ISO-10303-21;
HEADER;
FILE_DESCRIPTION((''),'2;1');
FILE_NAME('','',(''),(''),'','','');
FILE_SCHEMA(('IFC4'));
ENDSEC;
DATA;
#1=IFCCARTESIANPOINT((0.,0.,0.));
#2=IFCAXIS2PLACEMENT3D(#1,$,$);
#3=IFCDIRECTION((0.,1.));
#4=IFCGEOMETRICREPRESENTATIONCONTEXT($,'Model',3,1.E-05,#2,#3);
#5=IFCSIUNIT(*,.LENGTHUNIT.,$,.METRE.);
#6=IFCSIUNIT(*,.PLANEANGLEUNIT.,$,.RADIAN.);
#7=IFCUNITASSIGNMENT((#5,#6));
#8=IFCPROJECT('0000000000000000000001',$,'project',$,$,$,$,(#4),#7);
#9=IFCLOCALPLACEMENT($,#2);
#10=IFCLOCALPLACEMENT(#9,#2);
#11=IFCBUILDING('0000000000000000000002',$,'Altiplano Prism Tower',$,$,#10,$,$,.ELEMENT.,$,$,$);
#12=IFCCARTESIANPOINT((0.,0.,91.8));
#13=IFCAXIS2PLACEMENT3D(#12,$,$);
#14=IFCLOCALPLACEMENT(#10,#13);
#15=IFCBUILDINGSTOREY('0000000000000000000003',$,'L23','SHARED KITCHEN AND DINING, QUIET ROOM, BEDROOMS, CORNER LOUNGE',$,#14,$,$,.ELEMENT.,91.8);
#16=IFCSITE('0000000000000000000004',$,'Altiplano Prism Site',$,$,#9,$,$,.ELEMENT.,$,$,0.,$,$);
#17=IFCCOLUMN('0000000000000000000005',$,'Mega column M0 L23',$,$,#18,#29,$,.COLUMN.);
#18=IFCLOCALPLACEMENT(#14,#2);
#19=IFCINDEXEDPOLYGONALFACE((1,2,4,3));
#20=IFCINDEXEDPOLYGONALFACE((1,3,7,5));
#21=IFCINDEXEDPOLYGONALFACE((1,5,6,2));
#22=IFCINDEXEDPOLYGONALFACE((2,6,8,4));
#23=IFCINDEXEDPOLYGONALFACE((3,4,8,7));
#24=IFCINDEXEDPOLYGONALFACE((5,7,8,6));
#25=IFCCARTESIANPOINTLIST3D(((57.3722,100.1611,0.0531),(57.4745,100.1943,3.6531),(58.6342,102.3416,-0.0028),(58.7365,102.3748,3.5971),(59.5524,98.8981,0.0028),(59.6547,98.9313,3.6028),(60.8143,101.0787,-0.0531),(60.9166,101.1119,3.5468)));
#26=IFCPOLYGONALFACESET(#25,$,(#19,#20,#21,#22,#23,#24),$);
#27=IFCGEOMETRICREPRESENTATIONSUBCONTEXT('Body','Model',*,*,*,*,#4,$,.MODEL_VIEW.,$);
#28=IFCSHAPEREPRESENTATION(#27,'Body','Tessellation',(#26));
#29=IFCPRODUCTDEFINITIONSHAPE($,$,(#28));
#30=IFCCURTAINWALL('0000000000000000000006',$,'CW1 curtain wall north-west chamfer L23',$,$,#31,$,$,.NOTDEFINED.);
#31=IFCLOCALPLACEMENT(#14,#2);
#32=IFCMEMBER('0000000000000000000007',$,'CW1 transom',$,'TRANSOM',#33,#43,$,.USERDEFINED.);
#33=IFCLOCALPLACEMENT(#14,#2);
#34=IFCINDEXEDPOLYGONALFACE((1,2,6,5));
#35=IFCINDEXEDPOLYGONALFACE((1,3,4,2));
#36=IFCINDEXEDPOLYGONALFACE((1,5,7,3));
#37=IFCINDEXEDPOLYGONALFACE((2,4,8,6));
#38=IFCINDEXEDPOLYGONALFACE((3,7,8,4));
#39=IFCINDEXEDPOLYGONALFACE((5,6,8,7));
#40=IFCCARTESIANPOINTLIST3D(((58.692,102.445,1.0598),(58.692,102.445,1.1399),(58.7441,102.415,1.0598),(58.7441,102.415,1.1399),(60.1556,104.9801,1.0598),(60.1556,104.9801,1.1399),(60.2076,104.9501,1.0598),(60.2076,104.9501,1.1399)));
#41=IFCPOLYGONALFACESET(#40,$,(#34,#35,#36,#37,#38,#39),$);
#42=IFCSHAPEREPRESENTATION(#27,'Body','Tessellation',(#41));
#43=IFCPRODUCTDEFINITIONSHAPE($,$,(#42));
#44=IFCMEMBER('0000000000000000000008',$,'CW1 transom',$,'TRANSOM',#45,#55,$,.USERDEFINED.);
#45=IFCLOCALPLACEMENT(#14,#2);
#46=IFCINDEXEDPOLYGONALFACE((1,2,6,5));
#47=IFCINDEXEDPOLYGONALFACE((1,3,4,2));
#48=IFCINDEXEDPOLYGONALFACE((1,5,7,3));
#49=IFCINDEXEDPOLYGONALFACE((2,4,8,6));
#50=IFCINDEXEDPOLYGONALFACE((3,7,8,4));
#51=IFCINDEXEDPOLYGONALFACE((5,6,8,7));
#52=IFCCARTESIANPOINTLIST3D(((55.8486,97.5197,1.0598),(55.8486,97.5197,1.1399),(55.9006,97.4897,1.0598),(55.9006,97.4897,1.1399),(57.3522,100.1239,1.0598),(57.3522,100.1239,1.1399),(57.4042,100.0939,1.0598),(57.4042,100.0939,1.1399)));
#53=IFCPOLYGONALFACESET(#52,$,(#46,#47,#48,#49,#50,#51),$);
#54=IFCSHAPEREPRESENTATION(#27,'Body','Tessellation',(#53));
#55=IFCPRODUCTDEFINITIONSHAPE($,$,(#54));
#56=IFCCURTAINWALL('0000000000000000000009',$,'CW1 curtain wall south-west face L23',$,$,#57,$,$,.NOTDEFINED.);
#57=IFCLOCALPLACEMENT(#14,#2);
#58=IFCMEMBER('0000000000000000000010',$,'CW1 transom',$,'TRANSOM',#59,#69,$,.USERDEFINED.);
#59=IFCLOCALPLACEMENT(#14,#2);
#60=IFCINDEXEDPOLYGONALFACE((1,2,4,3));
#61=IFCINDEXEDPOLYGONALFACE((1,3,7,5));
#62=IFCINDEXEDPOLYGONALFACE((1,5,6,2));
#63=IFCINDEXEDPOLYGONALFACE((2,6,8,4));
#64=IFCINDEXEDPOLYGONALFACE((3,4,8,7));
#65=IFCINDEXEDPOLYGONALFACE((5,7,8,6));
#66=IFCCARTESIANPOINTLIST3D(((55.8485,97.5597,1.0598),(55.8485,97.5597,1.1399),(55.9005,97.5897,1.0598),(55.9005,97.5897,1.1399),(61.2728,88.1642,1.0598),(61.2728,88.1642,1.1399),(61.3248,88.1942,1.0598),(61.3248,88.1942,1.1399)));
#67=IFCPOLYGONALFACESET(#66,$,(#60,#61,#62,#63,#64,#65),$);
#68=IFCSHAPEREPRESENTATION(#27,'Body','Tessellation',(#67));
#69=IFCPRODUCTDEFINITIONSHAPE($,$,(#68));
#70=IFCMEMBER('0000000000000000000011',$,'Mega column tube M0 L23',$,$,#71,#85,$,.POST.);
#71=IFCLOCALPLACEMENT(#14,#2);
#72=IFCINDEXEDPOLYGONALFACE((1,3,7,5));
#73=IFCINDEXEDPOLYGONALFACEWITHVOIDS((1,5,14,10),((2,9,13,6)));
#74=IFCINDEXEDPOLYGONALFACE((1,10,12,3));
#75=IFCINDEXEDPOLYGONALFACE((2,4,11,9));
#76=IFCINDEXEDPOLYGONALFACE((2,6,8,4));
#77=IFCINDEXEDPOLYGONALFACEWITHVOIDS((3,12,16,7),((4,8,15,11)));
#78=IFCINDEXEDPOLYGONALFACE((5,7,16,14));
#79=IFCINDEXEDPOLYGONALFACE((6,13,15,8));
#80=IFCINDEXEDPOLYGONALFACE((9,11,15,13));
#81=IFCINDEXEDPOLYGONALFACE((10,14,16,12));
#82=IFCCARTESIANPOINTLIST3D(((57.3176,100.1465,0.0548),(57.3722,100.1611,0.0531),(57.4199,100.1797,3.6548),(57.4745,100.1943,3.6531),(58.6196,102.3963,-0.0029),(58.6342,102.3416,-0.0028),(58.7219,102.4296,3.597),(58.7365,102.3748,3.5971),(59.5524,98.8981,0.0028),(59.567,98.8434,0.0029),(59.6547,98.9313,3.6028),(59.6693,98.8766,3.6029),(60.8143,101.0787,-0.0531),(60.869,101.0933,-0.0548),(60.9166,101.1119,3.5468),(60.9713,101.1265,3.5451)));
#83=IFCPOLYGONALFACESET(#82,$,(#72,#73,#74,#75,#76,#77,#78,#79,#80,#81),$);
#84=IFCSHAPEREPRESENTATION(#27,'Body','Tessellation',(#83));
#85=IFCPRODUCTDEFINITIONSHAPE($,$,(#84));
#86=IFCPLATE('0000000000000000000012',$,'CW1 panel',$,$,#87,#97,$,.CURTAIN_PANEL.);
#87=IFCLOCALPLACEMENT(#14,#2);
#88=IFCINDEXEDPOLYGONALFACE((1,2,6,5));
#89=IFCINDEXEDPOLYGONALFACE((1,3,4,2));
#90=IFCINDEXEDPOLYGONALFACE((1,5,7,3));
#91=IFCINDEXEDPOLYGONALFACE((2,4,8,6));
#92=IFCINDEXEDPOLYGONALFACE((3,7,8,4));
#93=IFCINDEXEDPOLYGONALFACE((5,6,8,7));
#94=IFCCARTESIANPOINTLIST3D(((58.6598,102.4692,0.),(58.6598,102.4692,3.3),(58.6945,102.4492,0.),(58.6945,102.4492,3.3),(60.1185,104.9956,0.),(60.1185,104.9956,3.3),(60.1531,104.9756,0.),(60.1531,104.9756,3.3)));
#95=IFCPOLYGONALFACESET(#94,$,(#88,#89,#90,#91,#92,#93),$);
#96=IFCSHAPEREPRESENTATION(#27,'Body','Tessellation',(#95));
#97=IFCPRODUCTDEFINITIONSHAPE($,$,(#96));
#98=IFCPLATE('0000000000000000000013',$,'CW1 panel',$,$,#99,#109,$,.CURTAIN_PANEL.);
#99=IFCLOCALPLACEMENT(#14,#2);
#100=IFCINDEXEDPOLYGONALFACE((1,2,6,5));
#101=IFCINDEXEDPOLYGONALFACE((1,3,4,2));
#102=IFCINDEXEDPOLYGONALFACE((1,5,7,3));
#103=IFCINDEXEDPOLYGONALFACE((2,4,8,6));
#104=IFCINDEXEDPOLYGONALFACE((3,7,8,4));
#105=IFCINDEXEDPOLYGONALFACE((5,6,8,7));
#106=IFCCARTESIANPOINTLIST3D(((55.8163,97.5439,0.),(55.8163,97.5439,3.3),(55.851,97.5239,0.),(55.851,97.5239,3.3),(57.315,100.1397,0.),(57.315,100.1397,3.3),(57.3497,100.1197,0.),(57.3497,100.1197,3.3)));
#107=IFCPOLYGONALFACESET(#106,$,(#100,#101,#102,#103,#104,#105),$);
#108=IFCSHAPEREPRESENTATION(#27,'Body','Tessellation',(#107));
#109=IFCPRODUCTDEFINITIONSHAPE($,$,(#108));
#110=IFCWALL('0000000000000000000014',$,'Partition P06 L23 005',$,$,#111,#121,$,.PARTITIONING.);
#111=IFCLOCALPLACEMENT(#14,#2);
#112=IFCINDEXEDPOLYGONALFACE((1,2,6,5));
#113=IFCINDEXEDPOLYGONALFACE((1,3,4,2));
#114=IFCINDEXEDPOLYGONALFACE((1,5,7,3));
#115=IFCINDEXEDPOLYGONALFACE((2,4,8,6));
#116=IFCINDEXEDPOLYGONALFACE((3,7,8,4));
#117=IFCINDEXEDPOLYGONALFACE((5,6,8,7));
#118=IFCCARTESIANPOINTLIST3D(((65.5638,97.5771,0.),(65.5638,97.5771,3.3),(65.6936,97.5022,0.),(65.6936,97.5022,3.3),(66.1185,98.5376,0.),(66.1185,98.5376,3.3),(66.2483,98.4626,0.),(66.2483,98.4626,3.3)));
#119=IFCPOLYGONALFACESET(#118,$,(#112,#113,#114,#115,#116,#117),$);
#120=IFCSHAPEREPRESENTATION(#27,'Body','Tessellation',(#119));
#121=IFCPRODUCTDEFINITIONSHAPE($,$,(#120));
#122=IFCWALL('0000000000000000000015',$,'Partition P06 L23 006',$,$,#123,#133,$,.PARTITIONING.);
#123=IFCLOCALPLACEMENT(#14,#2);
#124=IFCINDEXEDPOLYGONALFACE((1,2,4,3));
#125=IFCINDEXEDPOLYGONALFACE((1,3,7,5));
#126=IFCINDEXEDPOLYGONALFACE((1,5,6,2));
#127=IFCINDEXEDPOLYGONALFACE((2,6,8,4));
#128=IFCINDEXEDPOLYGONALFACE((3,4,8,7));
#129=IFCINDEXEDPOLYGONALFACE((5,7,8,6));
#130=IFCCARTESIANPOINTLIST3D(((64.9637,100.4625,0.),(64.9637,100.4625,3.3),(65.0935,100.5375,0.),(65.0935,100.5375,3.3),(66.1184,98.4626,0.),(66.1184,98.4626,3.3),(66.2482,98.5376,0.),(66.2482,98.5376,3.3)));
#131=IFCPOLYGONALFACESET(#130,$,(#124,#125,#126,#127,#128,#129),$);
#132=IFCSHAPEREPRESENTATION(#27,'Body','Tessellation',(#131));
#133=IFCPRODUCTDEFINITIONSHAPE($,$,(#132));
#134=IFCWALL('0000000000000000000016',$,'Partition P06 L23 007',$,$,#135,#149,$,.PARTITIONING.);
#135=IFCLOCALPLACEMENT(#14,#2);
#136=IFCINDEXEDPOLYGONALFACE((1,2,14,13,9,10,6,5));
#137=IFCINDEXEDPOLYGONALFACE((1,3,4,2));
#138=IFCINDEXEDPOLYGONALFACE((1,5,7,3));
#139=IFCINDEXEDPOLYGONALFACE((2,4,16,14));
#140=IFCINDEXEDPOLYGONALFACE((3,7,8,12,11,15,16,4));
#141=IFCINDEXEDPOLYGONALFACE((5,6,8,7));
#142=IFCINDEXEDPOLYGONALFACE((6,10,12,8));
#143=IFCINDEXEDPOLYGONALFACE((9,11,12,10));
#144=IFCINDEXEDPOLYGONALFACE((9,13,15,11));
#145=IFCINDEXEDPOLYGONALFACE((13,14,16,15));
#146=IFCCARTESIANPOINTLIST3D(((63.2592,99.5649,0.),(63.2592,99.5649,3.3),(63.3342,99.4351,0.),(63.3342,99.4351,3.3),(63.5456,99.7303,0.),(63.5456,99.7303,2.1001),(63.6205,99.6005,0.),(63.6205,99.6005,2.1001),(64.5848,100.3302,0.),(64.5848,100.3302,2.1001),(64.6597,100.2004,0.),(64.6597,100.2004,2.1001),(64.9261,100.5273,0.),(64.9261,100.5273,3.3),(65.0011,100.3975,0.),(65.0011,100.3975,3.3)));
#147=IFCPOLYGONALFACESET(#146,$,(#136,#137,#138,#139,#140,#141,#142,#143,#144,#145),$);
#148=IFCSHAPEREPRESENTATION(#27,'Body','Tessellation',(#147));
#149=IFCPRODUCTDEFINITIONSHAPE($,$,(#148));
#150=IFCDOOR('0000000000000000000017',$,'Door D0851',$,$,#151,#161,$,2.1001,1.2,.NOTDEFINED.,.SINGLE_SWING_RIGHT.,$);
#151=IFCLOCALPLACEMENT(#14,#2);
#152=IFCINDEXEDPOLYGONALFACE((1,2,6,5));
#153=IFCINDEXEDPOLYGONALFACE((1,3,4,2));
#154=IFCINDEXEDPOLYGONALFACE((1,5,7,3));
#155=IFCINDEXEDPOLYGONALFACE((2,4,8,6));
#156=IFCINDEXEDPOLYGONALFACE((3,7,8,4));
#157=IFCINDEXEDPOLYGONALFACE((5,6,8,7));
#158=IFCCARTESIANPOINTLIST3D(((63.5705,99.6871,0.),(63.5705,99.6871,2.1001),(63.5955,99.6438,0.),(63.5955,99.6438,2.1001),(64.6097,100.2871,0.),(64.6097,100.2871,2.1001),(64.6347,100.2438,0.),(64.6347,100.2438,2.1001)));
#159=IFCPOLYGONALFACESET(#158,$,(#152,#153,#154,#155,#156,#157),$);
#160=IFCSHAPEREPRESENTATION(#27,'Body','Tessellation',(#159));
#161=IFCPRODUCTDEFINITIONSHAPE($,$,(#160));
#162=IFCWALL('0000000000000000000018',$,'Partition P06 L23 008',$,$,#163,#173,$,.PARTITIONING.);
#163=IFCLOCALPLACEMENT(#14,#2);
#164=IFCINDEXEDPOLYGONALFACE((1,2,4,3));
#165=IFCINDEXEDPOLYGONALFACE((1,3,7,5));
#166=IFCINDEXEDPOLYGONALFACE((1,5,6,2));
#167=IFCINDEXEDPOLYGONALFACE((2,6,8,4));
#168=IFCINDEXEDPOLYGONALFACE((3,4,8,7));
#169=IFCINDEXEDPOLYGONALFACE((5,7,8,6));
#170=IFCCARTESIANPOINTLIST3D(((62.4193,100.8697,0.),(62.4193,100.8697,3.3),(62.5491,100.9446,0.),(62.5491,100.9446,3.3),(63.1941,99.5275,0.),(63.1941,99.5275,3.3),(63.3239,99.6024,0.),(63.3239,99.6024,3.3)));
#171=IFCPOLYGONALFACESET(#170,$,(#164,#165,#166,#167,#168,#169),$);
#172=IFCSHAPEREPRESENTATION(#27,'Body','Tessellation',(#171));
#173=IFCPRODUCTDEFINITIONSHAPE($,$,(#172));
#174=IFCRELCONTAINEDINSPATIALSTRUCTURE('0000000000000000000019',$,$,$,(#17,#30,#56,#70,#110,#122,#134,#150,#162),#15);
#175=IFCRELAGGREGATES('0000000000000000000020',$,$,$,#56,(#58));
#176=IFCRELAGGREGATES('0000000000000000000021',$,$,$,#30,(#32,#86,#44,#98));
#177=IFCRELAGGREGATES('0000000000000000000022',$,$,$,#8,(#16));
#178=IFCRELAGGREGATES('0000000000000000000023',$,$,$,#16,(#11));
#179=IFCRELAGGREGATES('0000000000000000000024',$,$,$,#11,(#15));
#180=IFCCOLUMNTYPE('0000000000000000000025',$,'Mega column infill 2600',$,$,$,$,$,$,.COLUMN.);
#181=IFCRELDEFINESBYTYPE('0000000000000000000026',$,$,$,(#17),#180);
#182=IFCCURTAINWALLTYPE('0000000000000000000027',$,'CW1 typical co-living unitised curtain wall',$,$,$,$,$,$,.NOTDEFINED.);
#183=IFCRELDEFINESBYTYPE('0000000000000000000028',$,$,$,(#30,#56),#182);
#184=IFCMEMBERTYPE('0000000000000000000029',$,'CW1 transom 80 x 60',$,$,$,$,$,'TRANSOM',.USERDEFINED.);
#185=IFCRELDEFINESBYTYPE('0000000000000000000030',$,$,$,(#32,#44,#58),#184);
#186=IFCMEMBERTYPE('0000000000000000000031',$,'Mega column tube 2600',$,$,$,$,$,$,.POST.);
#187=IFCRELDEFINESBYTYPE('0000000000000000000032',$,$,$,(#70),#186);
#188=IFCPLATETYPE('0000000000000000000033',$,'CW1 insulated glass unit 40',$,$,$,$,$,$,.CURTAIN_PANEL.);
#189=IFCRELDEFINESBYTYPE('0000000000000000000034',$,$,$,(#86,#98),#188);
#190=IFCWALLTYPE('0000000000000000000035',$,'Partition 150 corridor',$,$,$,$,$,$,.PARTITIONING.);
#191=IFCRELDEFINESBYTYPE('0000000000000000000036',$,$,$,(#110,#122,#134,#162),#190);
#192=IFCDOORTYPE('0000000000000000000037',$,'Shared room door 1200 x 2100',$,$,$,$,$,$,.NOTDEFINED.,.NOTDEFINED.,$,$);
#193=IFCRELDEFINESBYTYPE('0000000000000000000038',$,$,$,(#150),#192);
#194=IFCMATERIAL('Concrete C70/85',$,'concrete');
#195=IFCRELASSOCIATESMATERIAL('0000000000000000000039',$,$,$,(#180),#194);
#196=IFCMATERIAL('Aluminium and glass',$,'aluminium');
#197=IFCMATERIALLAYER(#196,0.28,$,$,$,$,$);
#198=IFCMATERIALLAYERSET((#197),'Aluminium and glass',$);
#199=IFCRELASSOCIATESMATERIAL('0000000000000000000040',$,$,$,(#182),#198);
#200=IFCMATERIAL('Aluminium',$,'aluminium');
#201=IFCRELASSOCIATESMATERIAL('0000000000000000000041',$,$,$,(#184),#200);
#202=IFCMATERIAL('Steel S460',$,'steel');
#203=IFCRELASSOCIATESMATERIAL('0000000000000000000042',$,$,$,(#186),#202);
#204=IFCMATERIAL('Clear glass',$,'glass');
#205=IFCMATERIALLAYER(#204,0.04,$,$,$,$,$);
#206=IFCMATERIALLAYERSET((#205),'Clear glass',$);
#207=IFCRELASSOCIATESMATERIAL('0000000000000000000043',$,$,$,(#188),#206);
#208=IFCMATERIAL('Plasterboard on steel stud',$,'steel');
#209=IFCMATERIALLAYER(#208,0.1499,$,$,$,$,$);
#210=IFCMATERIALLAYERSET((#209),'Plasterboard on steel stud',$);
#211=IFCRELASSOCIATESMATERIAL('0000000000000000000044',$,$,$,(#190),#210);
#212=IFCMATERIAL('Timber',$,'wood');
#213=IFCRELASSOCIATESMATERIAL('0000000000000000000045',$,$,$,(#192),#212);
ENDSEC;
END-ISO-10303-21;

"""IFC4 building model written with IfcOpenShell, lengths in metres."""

from ifc_helpers import new_model, si_unit, direction, frame, frame_2d, origin, origin_2d, place, context, subcontext, project, spatial, rectangle, hollow_rectangle, extrude, material, layer, layer_set, material_profile, profile_set, type_object, element, fill, aggregate, save


model = new_model("IFC4")

# Units and contexts
model_context = context("Model", 3, precision=1e-05, world=origin(), true_north=direction((0.0, 1.0)))
body_context = subcontext(model_context, "Body", "Model", "MODEL_VIEW")
ifc_project = project(units=[si_unit("LENGTHUNIT", "METRE"), si_unit("PLANEANGLEUNIT", "RADIAN")], contexts=[model_context])

# Site, building, storey
site_placement = place(None, origin())
site = spatial("IfcSite", under=ifc_project, at=site_placement, Name="Altiplano Prism Site", CompositionType="ELEMENT", RefElevation=0.0)
building_placement = place(site_placement, origin())
building = spatial("IfcBuilding", under=site, at=building_placement, Name="Altiplano Prism Tower", CompositionType="ELEMENT")
storey_placement = place(building_placement, frame((0.0, 0.0, 91.8)))
storey = spatial("IfcBuildingStorey", under=building, at=storey_placement, Name="L23", Description="SHARED KITCHEN AND DINING, QUIET ROOM, BEDROOMS, CORNER LOUNGE", CompositionType="ELEMENT", Elevation=91.8)

# Column
ifc_material_1 = material(Name="Concrete C70/85", Category="concrete")
ifc_material_profile_1 = material_profile(ifc_material_1, rectangle(XDim=2.52, YDim=2.52, at=origin_2d()), Name="Mega column infill 2600")
ifc_profile_set_1 = profile_set([ifc_material_profile_1], Name="Concrete C70/85")
column_type = type_object("IfcColumnType", Name="Mega column infill 2600", PredefinedType="COLUMN", material=ifc_profile_set_1)
column_placement = place(storey_placement, frame((59.0933, 100.6199, 0.0), z_axis=(0.028404, 0.009219, 0.999554), x_axis=(-0.865123, 0.501162, 0.019961)))
element("IfcColumn", 1, at=column_placement, inside=storey, type_object=column_type, Name="Mega column M0 L23", PredefinedType="COLUMN", context=body_context, shape_type="SweptSolid", body=[
    extrude(rectangle(XDim=2.52, YDim=2.52, at=origin_2d()), origin(), (0.0, 0.0, 1.0), 3.6016),
])

# Curtain wall, members
ifc_material_2 = material(Name="Aluminium and glass", Category="aluminium")
ifc_layer_1 = layer(ifc_material_2, 0.28)
ifc_layer_set_1 = layer_set([ifc_layer_1], Name="Aluminium and glass")
curtain_wall_type = type_object("IfcCurtainWallType", Name="CW1 typical co-living unitised curtain wall", PredefinedType="NOTDEFINED", material=ifc_layer_set_1)
curtain_wall_1_placement = place(storey_placement, origin())
curtain_wall_1 = element("IfcCurtainWall", 2, at=curtain_wall_1_placement, inside=storey, type_object=curtain_wall_type, Name="CW1 curtain wall north-west chamfer L23", PredefinedType="NOTDEFINED")
ifc_material_3 = material(Name="Aluminium", Category="aluminium")
ifc_material_profile_2 = material_profile(ifc_material_3, rectangle(XDim=0.0601, YDim=0.0801, at=origin_2d()), Name="CW1 transom 80 x 60")
ifc_profile_set_2 = profile_set([ifc_material_profile_2], Name="Aluminium")
member_type_1 = type_object("IfcMemberType", Name="CW1 transom 80 x 60", ElementType="TRANSOM", PredefinedType="USERDEFINED", material=ifc_profile_set_2)
member_1_placement = place(storey_placement, frame((60.1816, 104.9651, 1.0999), z_axis=(-0.499987, -0.866033, 0.0), x_axis=(0.866033, -0.499987, 0.0)))
member_1 = element("IfcMember", 3, at=member_1_placement, type_object=member_type_1, Name="CW1 transom", ObjectType="TRANSOM", PredefinedType="USERDEFINED", context=body_context, shape_type="SweptSolid", body=[
    extrude(rectangle(XDim=0.0601, YDim=0.0801, at=origin_2d()), origin(), (0.0, 0.0, 1.0), 2.9272),
])
member_2_placement = place(storey_placement, frame((57.3782, 100.1089, 1.0999), z_axis=(-0.500025, -0.866011, 0.0), x_axis=(0.866011, -0.500025, 0.0)))
member_2 = element("IfcMember", 4, at=member_2_placement, type_object=member_type_1, Name="CW1 transom", ObjectType="TRANSOM", PredefinedType="USERDEFINED", context=body_context, shape_type="SweptSolid", body=[
    extrude(rectangle(XDim=0.0601, YDim=0.0801, at=origin_2d()), origin(), (0.0, 0.0, 1.0), 3.0071),
])

# Curtain wall, member
curtain_wall_2_placement = place(storey_placement, origin())
curtain_wall_2 = element("IfcCurtainWall", 5, at=curtain_wall_2_placement, inside=storey, type_object=curtain_wall_type, Name="CW1 curtain wall south-west face L23", PredefinedType="NOTDEFINED")
member_3_placement = place(storey_placement, frame((55.8745, 97.5747, 1.0999), z_axis=(0.499987, -0.866033, 0.0), x_axis=(0.866033, 0.499987, 0.0)))
member_3 = element("IfcMember", 6, at=member_3_placement, type_object=member_type_1, Name="CW1 transom", ObjectType="TRANSOM", PredefinedType="USERDEFINED", context=body_context, shape_type="SweptSolid", body=[
    extrude(rectangle(XDim=0.0601, YDim=0.0801, at=origin_2d()), origin(), (0.0, 0.0, 1.0), 10.8489),
])
aggregate(curtain_wall_2, [member_3])

# Member
ifc_material_4 = material(Name="Steel S460", Category="steel")
ifc_material_profile_3 = material_profile(ifc_material_4, hollow_rectangle(XDim=2.6001, YDim=2.6001, WallThickness=0.04, at=origin_2d()), Name="Mega column tube 2600")
ifc_profile_set_3 = profile_set([ifc_material_profile_3], Name="Steel S460")
member_type_2 = type_object("IfcMemberType", Name="Mega column tube 2600", PredefinedType="POST", material=ifc_profile_set_3)
member_4_placement = place(storey_placement, frame((59.0933, 100.6199, 0.0), z_axis=(0.028404, 0.009219, 0.999554), x_axis=(-0.865123, 0.501162, 0.019961)))
element("IfcMember", 7, at=member_4_placement, inside=storey, type_object=member_type_2, Name="Mega column tube M0 L23", PredefinedType="POST", context=body_context, shape_type="SweptSolid", body=[
    extrude(hollow_rectangle(XDim=2.6001, YDim=2.6001, WallThickness=0.04, at=origin_2d()), origin(), (0.0, 0.0, 1.0), 3.6016),
])

# Plates
ifc_material_5 = material(Name="Clear glass", Category="glass")
ifc_layer_2 = layer(ifc_material_5, 0.04)
ifc_layer_set_2 = layer_set([ifc_layer_2], Name="Clear glass")
plate_type = type_object("IfcPlateType", Name="CW1 insulated glass unit 40", PredefinedType="CURTAIN_PANEL", material=ifc_layer_set_2)
plate_1_placement = place(storey_placement, frame((59.4065, 103.7224, 0.0), z_axis=(0.0, 0.0, 1.0), x_axis=(-0.5, -0.866025, 0.0)))
plate_1 = element("IfcPlate", 8, at=plate_1_placement, type_object=plate_type, Name="CW1 panel", PredefinedType="CURTAIN_PANEL", context=body_context, shape_type="SweptSolid", body=[
    extrude(rectangle(XDim=2.9172, YDim=0.04, at=origin_2d()), origin(), (0.0, 0.0, 1.0), 3.3),
])
plate_2_placement = place(storey_placement, frame((56.583, 98.8318, 0.0), z_axis=(0.0, 0.0, 1.0), x_axis=(-0.5, -0.866025, 0.0)))
plate_2 = element("IfcPlate", 9, at=plate_2_placement, type_object=plate_type, Name="CW1 panel", PredefinedType="CURTAIN_PANEL", context=body_context, shape_type="SweptSolid", body=[
    extrude(rectangle(XDim=2.9973, YDim=0.04, at=origin_2d()), origin(), (0.0, 0.0, 1.0), 3.3),
])
aggregate(curtain_wall_1, [member_1, plate_1, member_2, plate_2])

# Walls
ifc_material_6 = material(Name="Plasterboard on steel stud", Category="steel")
ifc_layer_3 = layer(ifc_material_6, 0.1499)
ifc_layer_set_3 = layer_set([ifc_layer_3], Name="Plasterboard on steel stud")
wall_type_1 = type_object("IfcWallType", Name="Partition 150 corridor", PredefinedType="PARTITIONING", material=ifc_layer_set_3)
wall_1_placement = place(storey_placement, frame((65.6287, 97.5396, 0.0), z_axis=(0.0, 0.0, 1.0), x_axis=(0.500116, 0.865958, 0.0)))
element("IfcWall", 10, at=wall_1_placement, inside=storey, type_object=wall_type_1, Name="Partition P06 L23 005", PredefinedType="PARTITIONING", context=body_context, shape_type="SweptSolid", body=[
    extrude(rectangle(XDim=1.1091, YDim=0.1499, at=frame_2d((0.5547, 0.0))), origin(), (0.0, 0.0, 1.0), 3.3),
])
wall_2_placement = place(storey_placement, frame((66.1833, 98.5, 0.0), z_axis=(0.0, 0.0, 1.0), x_axis=(-0.500027, 0.86601, 0.0)))
element("IfcWall", 11, at=wall_2_placement, inside=storey, type_object=wall_type_1, Name="Partition P06 L23 006", PredefinedType="PARTITIONING", context=body_context, shape_type="SweptSolid", body=[
    extrude(rectangle(XDim=2.3093, YDim=0.1499, at=frame_2d((1.1548, 0.0))), origin(), (0.0, 0.0, 1.0), 3.3),
])

# Wall, opening, door
wall_3_placement = place(storey_placement, frame((64.9636, 100.4624, 0.0), z_axis=(0.0, 0.0, 1.0), x_axis=(-0.866034, -0.499986, 0.0)))
wall_3 = element("IfcWall", 12, at=wall_3_placement, inside=storey, type_object=wall_type_1, Name="Partition P06 L23 007", PredefinedType="PARTITIONING", context=body_context, shape_type="SweptSolid", body=[
    extrude(rectangle(XDim=1.9248, YDim=0.1499, at=frame_2d((0.9624, 0.0))), origin(), (0.0, 0.0, 1.0), 3.3),
])
opening_1_placement = place(wall_3_placement, frame((0.394, 0.0, 0.0)))
opening_1 = element("IfcOpeningElement", 13, at=opening_1_placement, cuts=wall_3, PredefinedType="OPENING", context=body_context, shape_type="SweptSolid", body=[
    extrude(rectangle(XDim=1.2, YDim=2.1001, at=frame_2d((0.6001, 1.05))), frame((0.0, 0.0854, 0.0), z_axis=(0.0, -1.0, 0.0), x_axis=(1.0, 0.0, 0.0)), (0.0, 0.0, 1.0), 0.1709),
])
ifc_material_7 = material(Name="Timber", Category="wood")
door_type_1 = type_object("IfcDoorType", Name="Shared room door 1200 x 2100", OperationType="NOTDEFINED", PredefinedType="NOTDEFINED", material=ifc_material_7)
door_1_placement = place(opening_1_placement, origin())
door_1 = element("IfcDoor", 14, at=door_1_placement, inside=storey, type_object=door_type_1, Name="Door D0851", OperationType="SINGLE_SWING_RIGHT", OverallHeight=2.1001, OverallWidth=1.2, PredefinedType="NOTDEFINED", context=body_context, shape_type="SweptSolid", body=[
    extrude(rectangle(XDim=1.2, YDim=2.1001, at=frame_2d((0.6001, 1.05))), frame((0.0, 0.0249, 0.0), z_axis=(0.0, -1.0, 0.0), x_axis=(1.0, 0.0, 0.0)), (0.0, 0.0, 1.0), 0.05),
])
fill(opening_1, door_1)

# Wall
wall_4_placement = place(storey_placement, frame((63.259, 99.5649, 0.0), z_axis=(0.0, 0.0, 1.0), x_axis=(-0.499968, 0.866044, 0.0)))
element("IfcWall", 15, at=wall_4_placement, inside=storey, type_object=wall_type_1, Name="Partition P06 L23 008", PredefinedType="PARTITIONING", context=body_context, shape_type="SweptSolid", body=[
    extrude(rectangle(XDim=1.5498, YDim=0.1499, at=frame_2d((0.7749, 0.0))), origin(), (0.0, 0.0, 1.0), 3.3),
])

save(model, "model.ifc")
